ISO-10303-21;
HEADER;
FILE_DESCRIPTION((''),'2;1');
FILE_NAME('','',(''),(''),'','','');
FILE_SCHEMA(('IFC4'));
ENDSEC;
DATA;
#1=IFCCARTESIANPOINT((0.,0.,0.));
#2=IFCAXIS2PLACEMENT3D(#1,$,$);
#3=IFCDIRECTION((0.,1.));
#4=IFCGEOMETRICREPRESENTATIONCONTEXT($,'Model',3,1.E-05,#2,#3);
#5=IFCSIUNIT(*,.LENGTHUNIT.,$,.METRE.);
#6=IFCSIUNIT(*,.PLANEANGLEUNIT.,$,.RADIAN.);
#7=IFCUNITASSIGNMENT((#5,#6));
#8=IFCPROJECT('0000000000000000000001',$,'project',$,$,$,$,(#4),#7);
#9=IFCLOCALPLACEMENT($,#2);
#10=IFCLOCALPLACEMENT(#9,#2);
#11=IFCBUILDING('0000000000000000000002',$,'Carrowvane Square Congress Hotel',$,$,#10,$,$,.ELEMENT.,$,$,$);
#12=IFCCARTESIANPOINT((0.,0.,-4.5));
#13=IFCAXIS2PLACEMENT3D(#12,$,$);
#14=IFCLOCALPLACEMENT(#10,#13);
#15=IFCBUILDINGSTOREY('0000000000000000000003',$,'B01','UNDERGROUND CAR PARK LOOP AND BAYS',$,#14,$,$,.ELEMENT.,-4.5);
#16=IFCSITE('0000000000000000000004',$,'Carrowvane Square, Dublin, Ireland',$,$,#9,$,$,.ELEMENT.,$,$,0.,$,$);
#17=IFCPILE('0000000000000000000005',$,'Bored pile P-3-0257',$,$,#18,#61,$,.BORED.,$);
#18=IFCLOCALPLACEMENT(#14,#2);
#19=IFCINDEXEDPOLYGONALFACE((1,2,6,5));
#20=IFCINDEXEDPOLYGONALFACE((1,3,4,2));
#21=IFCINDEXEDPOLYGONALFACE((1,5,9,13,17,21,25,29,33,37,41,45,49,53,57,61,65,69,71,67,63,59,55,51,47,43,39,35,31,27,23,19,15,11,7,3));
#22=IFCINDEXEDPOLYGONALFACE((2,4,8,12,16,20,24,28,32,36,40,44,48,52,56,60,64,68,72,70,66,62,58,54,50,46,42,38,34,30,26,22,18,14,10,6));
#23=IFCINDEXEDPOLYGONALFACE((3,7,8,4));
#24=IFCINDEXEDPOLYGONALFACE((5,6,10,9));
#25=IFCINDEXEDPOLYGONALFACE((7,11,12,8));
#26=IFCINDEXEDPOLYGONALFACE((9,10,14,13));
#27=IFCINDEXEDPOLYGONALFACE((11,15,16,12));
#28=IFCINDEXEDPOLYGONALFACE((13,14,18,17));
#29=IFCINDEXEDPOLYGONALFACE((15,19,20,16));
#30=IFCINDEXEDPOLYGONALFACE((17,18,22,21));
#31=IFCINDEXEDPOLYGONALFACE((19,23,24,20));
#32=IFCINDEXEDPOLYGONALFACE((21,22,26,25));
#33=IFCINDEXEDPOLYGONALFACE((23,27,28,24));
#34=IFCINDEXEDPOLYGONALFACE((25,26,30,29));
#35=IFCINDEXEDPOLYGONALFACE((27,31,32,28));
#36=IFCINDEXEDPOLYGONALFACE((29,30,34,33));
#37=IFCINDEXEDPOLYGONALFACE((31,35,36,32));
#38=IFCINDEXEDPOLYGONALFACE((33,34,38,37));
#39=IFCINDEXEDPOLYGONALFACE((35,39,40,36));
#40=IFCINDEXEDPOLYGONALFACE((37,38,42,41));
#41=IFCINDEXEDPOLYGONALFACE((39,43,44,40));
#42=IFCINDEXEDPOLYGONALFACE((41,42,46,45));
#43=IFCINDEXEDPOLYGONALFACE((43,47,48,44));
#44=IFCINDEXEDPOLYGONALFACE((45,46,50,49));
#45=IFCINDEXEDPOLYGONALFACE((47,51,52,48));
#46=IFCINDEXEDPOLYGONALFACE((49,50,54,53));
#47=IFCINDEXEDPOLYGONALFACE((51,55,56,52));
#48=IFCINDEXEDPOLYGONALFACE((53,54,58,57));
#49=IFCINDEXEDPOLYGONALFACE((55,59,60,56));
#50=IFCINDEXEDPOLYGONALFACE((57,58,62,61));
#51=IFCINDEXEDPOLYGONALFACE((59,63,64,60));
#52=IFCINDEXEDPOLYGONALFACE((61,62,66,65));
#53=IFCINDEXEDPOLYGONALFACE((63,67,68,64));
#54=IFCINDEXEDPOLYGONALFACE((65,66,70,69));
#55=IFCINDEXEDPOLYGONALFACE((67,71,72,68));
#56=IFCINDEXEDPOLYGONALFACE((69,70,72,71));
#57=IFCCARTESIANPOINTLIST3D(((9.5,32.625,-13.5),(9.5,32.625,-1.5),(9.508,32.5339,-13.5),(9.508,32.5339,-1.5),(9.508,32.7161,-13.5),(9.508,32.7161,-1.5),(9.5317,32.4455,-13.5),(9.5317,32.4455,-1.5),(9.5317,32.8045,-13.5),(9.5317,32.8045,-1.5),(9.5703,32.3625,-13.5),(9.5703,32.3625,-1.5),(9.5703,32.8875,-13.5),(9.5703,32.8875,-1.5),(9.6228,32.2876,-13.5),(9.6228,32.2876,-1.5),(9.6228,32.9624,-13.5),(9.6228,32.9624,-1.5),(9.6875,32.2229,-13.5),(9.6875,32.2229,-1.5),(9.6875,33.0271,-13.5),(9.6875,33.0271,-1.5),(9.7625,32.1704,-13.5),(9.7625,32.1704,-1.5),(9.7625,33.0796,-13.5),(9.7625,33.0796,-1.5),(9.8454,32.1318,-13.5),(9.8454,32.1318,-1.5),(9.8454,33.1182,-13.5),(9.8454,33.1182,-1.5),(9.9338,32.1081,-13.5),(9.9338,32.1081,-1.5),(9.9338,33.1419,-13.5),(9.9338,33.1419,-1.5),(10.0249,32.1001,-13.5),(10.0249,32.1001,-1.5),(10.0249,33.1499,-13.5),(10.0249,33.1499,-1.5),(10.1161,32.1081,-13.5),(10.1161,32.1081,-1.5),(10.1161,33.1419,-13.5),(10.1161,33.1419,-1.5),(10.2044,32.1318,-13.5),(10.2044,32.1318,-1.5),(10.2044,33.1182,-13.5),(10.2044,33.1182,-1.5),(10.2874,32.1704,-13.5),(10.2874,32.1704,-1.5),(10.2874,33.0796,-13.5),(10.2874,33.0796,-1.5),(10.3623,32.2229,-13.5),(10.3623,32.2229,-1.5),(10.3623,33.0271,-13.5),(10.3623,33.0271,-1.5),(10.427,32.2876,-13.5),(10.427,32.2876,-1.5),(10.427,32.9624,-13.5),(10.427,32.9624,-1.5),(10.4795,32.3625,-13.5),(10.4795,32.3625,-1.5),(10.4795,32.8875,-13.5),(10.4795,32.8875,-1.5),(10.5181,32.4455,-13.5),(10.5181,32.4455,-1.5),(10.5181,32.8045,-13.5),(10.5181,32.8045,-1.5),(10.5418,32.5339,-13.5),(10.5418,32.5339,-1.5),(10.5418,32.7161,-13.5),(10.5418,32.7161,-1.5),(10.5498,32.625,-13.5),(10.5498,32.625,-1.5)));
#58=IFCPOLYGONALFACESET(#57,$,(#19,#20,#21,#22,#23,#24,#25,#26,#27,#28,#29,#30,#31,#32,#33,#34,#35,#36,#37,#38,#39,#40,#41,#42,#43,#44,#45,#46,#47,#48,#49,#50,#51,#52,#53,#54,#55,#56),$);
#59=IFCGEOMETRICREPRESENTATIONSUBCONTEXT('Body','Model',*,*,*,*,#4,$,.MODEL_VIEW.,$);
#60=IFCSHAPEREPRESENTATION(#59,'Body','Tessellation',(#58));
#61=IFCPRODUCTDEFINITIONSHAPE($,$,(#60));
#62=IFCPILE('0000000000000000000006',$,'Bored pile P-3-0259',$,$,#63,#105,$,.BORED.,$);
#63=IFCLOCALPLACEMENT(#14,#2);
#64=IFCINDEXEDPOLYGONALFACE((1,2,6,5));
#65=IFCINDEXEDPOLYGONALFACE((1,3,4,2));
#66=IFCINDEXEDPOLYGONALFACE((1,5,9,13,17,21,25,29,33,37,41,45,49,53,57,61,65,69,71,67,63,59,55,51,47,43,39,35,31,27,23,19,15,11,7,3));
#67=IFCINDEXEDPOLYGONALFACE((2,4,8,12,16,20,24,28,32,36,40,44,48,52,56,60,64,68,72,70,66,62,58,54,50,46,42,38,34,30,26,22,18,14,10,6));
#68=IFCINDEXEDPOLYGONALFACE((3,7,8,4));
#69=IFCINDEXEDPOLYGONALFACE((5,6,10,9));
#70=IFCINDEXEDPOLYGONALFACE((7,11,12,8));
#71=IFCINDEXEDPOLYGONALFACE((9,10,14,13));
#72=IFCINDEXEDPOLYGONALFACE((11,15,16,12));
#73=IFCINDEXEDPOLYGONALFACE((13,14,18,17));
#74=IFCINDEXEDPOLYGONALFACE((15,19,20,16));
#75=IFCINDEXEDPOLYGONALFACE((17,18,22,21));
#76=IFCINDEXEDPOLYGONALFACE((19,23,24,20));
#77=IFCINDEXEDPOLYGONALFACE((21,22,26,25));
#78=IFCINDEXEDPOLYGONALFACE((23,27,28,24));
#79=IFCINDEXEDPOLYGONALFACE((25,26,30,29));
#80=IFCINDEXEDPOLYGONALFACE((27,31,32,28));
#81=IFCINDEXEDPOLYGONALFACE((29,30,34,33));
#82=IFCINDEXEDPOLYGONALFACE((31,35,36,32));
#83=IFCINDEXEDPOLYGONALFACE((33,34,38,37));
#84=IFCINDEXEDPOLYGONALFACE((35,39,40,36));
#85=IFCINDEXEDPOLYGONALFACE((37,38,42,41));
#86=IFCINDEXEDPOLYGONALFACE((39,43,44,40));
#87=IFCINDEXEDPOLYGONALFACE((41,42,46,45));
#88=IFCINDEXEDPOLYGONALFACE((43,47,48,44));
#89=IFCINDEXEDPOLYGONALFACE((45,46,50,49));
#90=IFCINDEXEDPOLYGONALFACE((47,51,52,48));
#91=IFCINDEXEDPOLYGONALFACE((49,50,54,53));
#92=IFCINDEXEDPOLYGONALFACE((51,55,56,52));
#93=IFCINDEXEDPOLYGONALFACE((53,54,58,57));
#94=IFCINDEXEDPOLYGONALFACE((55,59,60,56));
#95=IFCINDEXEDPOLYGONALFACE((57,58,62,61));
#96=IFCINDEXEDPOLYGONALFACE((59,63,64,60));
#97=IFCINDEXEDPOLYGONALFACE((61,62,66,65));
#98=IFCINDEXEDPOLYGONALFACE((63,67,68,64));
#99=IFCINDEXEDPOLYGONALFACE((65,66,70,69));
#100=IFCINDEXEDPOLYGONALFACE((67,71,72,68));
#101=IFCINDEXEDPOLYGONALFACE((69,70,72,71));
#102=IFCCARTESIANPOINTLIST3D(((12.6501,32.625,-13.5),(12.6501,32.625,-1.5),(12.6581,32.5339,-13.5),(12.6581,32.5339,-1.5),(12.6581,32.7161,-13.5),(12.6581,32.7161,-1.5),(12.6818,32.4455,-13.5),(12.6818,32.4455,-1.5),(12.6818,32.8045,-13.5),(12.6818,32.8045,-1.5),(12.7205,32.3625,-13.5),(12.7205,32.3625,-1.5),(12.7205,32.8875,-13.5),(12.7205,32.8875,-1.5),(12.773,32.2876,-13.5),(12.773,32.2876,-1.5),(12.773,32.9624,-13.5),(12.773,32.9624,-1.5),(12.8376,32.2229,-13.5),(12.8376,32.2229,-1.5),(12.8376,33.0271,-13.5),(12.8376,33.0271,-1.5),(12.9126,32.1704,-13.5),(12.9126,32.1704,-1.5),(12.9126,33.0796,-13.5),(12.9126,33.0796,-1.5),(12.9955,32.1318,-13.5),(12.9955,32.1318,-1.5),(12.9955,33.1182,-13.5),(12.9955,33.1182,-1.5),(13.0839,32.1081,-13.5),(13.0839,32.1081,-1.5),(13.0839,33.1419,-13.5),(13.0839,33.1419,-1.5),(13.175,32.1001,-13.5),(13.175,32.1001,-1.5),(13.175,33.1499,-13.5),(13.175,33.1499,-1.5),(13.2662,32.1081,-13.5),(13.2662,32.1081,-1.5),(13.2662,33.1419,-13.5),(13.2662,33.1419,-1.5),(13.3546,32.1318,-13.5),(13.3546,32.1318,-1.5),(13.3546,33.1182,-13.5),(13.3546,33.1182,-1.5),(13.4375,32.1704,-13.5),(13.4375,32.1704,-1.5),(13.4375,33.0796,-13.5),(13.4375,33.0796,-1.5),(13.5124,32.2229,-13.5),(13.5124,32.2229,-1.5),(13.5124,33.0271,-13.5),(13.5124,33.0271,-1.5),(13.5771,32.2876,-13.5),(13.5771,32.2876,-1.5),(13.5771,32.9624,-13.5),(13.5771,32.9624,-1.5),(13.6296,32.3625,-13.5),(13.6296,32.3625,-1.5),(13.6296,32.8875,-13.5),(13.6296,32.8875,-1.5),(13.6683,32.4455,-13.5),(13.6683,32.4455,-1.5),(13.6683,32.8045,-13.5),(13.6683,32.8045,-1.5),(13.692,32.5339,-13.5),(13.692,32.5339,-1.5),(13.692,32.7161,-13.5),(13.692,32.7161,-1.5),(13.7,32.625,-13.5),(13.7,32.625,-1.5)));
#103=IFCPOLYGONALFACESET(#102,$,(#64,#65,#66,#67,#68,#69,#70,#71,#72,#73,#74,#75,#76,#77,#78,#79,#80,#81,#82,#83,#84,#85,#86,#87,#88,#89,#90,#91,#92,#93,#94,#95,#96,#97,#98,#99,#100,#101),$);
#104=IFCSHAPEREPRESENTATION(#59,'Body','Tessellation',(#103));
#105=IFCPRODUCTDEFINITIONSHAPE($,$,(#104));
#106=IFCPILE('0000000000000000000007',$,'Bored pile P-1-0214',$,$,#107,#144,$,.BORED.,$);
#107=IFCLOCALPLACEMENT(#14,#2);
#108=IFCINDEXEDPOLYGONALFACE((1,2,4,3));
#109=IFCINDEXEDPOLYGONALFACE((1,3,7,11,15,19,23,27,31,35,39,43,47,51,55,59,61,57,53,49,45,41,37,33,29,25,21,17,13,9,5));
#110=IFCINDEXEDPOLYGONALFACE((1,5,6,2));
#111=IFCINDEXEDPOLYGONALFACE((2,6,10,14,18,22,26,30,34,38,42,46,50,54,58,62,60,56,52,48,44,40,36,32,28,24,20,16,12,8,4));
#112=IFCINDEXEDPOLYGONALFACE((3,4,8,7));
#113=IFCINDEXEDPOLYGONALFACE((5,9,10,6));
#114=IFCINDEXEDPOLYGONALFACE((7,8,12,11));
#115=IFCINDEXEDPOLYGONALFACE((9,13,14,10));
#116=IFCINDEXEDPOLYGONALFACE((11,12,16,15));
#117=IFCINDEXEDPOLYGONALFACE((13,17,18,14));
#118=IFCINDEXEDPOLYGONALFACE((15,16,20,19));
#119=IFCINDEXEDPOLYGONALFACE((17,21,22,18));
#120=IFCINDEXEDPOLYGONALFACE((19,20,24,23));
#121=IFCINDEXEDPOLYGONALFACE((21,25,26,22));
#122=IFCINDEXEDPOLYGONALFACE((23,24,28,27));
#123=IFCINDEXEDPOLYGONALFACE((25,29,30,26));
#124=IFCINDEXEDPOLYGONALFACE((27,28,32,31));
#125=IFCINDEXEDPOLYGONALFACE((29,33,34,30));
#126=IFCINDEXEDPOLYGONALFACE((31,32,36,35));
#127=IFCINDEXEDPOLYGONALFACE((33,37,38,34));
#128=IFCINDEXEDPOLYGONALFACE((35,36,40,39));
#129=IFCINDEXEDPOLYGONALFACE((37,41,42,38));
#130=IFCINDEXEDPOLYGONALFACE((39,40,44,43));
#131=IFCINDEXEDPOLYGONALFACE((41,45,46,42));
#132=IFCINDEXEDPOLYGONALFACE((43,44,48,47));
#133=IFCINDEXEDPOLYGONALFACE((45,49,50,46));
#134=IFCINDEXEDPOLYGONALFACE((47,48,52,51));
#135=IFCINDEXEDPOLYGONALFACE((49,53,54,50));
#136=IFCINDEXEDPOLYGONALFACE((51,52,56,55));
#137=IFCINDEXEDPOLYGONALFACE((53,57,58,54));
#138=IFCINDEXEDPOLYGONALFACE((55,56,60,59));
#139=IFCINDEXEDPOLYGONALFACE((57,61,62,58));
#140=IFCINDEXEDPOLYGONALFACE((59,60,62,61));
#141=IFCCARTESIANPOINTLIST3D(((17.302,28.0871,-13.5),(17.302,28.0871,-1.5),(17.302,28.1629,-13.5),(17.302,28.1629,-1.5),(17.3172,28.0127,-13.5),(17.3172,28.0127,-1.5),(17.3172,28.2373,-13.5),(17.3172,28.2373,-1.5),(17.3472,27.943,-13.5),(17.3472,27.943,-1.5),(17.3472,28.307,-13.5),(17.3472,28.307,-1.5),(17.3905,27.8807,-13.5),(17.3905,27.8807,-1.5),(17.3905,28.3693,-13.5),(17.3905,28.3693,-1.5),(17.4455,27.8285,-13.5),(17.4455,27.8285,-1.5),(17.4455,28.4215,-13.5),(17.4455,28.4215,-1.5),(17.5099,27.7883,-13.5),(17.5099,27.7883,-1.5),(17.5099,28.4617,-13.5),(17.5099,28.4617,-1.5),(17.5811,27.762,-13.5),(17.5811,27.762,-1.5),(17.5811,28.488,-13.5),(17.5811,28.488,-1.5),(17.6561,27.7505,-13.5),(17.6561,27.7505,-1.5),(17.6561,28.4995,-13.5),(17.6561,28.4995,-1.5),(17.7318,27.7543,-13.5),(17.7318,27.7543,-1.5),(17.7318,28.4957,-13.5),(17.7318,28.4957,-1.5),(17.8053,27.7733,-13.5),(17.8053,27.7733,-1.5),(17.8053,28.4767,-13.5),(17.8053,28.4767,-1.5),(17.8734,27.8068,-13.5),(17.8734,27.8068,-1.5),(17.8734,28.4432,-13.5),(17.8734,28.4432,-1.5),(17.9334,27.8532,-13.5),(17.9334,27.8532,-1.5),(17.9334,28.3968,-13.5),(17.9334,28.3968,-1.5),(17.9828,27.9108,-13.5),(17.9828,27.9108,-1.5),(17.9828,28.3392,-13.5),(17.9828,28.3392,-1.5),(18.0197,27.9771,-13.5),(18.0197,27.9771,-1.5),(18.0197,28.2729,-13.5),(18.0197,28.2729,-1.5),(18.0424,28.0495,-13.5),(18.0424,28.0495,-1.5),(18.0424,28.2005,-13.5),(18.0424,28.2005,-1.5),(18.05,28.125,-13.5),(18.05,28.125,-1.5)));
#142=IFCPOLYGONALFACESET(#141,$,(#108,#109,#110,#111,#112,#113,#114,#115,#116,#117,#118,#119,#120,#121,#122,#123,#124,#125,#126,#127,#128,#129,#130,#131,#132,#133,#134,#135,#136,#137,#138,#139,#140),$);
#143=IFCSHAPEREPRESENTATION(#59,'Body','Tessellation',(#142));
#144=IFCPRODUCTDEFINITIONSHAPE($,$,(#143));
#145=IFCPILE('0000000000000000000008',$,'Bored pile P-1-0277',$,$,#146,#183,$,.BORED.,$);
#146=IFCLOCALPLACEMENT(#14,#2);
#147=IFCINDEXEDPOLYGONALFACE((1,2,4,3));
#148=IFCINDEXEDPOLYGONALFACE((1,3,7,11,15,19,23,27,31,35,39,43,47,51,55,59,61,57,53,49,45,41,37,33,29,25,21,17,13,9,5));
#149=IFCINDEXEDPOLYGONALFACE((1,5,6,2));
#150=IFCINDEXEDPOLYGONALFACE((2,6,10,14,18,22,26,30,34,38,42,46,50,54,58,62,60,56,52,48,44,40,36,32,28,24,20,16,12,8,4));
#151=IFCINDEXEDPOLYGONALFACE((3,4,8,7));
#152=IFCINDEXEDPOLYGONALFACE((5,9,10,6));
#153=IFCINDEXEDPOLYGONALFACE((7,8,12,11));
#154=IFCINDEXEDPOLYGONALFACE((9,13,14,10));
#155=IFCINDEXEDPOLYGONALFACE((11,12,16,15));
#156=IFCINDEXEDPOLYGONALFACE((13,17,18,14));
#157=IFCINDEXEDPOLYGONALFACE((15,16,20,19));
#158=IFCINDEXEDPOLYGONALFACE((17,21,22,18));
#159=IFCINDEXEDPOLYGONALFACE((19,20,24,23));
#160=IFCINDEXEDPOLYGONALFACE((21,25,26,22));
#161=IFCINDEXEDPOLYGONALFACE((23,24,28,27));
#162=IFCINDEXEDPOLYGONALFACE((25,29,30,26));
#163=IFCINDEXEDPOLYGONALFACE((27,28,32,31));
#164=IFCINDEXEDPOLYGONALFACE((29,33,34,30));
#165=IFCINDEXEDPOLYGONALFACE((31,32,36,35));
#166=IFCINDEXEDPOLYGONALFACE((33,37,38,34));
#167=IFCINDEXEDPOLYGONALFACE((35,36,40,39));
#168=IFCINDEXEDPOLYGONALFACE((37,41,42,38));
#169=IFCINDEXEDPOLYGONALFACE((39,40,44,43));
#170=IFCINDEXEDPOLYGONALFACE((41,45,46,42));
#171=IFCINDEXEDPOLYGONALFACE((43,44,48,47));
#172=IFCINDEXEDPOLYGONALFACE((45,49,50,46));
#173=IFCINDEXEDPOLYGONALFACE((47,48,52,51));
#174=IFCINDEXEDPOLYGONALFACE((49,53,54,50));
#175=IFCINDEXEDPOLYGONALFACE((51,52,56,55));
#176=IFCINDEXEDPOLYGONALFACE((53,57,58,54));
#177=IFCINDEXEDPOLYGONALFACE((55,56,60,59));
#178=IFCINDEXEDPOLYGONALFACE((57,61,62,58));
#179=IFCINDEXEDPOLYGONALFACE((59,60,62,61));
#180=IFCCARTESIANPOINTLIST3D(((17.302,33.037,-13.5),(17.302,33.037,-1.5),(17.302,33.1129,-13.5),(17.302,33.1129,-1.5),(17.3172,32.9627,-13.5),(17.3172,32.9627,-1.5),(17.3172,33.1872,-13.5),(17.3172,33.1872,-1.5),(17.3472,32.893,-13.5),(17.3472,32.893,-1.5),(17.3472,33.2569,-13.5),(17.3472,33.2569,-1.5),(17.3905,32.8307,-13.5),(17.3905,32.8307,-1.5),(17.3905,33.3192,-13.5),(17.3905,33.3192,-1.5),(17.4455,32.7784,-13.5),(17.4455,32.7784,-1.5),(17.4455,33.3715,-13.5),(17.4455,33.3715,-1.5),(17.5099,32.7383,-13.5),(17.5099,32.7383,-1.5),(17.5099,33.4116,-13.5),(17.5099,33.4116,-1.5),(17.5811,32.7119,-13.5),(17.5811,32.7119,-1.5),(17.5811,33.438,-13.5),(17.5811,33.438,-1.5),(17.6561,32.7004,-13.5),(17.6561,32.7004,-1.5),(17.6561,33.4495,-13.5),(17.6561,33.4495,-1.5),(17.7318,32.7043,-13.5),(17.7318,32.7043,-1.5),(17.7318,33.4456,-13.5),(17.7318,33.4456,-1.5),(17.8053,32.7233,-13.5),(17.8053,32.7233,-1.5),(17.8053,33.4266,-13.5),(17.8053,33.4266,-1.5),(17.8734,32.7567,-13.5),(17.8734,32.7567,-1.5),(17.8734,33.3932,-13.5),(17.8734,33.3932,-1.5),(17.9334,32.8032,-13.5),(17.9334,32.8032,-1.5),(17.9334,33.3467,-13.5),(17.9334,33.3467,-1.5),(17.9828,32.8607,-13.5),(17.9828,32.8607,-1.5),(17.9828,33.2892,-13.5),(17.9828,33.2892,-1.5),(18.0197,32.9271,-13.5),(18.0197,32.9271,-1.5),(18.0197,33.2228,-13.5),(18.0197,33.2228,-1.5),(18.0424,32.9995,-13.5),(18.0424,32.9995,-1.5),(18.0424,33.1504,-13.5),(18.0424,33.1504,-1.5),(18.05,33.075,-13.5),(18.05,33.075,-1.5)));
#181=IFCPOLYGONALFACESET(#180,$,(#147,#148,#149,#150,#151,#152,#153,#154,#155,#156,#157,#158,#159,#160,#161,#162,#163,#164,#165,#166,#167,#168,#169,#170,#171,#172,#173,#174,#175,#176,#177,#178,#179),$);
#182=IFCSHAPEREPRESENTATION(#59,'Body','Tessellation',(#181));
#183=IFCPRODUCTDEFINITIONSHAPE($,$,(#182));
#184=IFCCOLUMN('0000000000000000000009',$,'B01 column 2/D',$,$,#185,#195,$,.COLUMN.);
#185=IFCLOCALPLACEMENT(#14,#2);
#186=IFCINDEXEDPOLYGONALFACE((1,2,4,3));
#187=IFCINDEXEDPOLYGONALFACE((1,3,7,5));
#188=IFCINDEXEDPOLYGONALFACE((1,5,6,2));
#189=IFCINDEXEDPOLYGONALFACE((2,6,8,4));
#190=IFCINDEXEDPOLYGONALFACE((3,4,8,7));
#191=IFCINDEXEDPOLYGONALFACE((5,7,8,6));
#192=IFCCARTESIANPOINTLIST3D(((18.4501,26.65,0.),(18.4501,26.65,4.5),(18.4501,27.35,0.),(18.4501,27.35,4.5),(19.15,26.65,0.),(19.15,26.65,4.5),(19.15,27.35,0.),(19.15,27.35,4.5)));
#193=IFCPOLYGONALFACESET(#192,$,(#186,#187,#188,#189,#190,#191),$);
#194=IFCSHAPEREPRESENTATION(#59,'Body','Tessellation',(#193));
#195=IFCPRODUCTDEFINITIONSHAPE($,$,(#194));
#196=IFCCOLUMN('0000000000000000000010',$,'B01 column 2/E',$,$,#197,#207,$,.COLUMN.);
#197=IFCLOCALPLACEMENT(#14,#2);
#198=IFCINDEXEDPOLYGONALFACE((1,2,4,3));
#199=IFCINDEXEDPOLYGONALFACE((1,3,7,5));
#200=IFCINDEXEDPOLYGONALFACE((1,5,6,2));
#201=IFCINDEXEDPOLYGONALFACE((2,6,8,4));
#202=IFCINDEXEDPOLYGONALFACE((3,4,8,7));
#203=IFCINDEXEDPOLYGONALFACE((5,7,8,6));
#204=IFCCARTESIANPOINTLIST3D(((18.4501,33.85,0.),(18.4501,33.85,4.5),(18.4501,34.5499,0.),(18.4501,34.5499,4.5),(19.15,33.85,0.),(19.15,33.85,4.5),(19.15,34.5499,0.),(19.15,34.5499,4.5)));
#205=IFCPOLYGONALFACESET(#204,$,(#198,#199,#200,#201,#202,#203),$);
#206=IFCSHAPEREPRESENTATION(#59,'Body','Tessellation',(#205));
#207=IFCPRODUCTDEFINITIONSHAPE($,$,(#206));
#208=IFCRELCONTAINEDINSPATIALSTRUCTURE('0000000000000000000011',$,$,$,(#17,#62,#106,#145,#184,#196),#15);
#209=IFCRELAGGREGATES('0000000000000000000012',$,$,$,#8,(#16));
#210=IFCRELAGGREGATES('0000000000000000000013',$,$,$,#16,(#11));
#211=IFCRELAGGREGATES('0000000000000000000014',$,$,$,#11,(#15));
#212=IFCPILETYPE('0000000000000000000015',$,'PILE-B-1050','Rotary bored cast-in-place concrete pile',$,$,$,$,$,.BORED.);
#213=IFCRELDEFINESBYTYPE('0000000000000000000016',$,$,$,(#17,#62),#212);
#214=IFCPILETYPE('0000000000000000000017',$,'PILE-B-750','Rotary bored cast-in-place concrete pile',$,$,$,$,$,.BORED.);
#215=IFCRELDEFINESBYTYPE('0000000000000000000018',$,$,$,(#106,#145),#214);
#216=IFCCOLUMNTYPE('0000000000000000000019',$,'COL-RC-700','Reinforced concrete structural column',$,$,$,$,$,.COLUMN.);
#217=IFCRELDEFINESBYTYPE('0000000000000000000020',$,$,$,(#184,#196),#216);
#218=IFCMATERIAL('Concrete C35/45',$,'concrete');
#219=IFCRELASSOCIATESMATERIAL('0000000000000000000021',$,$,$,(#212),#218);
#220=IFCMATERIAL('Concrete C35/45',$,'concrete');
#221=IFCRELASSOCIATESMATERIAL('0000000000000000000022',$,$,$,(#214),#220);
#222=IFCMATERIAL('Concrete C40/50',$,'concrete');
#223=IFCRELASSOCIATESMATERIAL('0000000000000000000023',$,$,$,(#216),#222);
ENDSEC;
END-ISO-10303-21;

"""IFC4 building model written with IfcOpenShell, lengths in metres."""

from ifc_helpers import new_model, si_unit, direction, frame, origin, origin_2d, place, context, subcontext, project, spatial, rectangle, circle, extrude, material, material_profile, profile_set, type_object, element, save


model = new_model("IFC4")

# Units and contexts
model_context = context("Model", 3, precision=1e-05, world=origin(), true_north=direction((0.0, 1.0)))
body_context = subcontext(model_context, "Body", "Model", "MODEL_VIEW")
ifc_project = project(units=[si_unit("LENGTHUNIT", "METRE"), si_unit("PLANEANGLEUNIT", "RADIAN")], contexts=[model_context])

# Site, building, storey
site_placement = place(None, origin())
site = spatial("IfcSite", under=ifc_project, at=site_placement, Name="Carrowvane Square, Dublin, Ireland", CompositionType="ELEMENT", RefElevation=0.0)
building_placement = place(site_placement, origin())
building = spatial("IfcBuilding", under=site, at=building_placement, Name="Carrowvane Square Congress Hotel", CompositionType="ELEMENT")
storey_placement = place(building_placement, frame((0.0, 0.0, -4.5)))
storey = spatial("IfcBuildingStorey", under=building, at=storey_placement, Name="B01", Description="UNDERGROUND CAR PARK LOOP AND BAYS", CompositionType="ELEMENT", Elevation=-4.5)

# Piles
ifc_material_1 = material(Name="Concrete C35/45", Category="concrete")
ifc_material_profile_1 = material_profile(ifc_material_1, circle(Radius=0.5249, at=origin_2d()), Name="PILE D1050")
ifc_profile_set_1 = profile_set([ifc_material_profile_1], Name="Concrete C35/45")
pile_type_1 = type_object("IfcPileType", Name="PILE-B-1050", Description="Rotary bored cast-in-place concrete pile", PredefinedType="BORED", material=ifc_profile_set_1)
for number, where, z_axis, x_axis, name in (
    (1, (10.0249, 32.625, -1.5), (0.0, 0.0, -1.0), (1.0, 0.0, 0.0), "Bored pile P-3-0257"),
    (2, (13.175, 32.625, -1.5), (0.0, 0.0, -1.0), (1.0, 0.0, 0.0), "Bored pile P-3-0259"),
):
    element("IfcPile", number, at=place(storey_placement, frame(where, z_axis=z_axis, x_axis=x_axis)), inside=storey, type_object=pile_type_1, Name=name, PredefinedType="BORED", context=body_context, shape_type="SweptSolid", body=[
        extrude(circle(Radius=0.5249, at=origin_2d()), origin(), (0.0, 0.0, 1.0), 12.0),
    ])
ifc_material_2 = material(Name="Concrete C35/45", Category="concrete")
ifc_material_profile_2 = material_profile(ifc_material_2, circle(Radius=0.375, at=origin_2d()), Name="PILE D750")
ifc_profile_set_2 = profile_set([ifc_material_profile_2], Name="Concrete C35/45")
pile_type_2 = type_object("IfcPileType", Name="PILE-B-750", Description="Rotary bored cast-in-place concrete pile", PredefinedType="BORED", material=ifc_profile_set_2)
for number, where, z_axis, x_axis, name in (
    (3, (17.675, 28.125, -1.5), (0.0, 0.0, -1.0), (1.0, 0.0, 0.0), "Bored pile P-1-0214"),
    (4, (17.675, 33.075, -1.5), (0.0, 0.0, -1.0), (1.0, 0.0, 0.0), "Bored pile P-1-0277"),
):
    element("IfcPile", number, at=place(storey_placement, frame(where, z_axis=z_axis, x_axis=x_axis)), inside=storey, type_object=pile_type_2, Name=name, PredefinedType="BORED", context=body_context, shape_type="SweptSolid", body=[
        extrude(circle(Radius=0.375, at=origin_2d()), origin(), (0.0, 0.0, 1.0), 12.0),
    ])

# Columns
ifc_material_3 = material(Name="Concrete C40/50", Category="concrete")
ifc_material_profile_3 = material_profile(ifc_material_3, rectangle(XDim=0.7, YDim=0.7, at=origin_2d()), Name="RC 700x700")
ifc_profile_set_3 = profile_set([ifc_material_profile_3], Name="Concrete C40/50")
column_type_1 = type_object("IfcColumnType", Name="COL-RC-700", Description="Reinforced concrete structural column", PredefinedType="COLUMN", material=ifc_profile_set_3)
for number, where, z_axis, x_axis, name in (
    (5, (18.8, 27.0, 0.0), (0.0, 0.0, 1.0), (1.0, 0.0, 0.0), "B01 column 2/D"),
    (6, (18.8, 34.2, 0.0), (0.0, 0.0, 1.0), (1.0, 0.0, 0.0), "B01 column 2/E"),
):
    element("IfcColumn", number, at=place(storey_placement, frame(where, z_axis=z_axis, x_axis=x_axis)), inside=storey, type_object=column_type_1, Name=name, PredefinedType="COLUMN", context=body_context, shape_type="SweptSolid", body=[
        extrude(rectangle(XDim=0.7, YDim=0.7, at=origin_2d()), origin(), (0.0, 0.0, 1.0), 4.5),
    ])

save(model, "model.ifc")
